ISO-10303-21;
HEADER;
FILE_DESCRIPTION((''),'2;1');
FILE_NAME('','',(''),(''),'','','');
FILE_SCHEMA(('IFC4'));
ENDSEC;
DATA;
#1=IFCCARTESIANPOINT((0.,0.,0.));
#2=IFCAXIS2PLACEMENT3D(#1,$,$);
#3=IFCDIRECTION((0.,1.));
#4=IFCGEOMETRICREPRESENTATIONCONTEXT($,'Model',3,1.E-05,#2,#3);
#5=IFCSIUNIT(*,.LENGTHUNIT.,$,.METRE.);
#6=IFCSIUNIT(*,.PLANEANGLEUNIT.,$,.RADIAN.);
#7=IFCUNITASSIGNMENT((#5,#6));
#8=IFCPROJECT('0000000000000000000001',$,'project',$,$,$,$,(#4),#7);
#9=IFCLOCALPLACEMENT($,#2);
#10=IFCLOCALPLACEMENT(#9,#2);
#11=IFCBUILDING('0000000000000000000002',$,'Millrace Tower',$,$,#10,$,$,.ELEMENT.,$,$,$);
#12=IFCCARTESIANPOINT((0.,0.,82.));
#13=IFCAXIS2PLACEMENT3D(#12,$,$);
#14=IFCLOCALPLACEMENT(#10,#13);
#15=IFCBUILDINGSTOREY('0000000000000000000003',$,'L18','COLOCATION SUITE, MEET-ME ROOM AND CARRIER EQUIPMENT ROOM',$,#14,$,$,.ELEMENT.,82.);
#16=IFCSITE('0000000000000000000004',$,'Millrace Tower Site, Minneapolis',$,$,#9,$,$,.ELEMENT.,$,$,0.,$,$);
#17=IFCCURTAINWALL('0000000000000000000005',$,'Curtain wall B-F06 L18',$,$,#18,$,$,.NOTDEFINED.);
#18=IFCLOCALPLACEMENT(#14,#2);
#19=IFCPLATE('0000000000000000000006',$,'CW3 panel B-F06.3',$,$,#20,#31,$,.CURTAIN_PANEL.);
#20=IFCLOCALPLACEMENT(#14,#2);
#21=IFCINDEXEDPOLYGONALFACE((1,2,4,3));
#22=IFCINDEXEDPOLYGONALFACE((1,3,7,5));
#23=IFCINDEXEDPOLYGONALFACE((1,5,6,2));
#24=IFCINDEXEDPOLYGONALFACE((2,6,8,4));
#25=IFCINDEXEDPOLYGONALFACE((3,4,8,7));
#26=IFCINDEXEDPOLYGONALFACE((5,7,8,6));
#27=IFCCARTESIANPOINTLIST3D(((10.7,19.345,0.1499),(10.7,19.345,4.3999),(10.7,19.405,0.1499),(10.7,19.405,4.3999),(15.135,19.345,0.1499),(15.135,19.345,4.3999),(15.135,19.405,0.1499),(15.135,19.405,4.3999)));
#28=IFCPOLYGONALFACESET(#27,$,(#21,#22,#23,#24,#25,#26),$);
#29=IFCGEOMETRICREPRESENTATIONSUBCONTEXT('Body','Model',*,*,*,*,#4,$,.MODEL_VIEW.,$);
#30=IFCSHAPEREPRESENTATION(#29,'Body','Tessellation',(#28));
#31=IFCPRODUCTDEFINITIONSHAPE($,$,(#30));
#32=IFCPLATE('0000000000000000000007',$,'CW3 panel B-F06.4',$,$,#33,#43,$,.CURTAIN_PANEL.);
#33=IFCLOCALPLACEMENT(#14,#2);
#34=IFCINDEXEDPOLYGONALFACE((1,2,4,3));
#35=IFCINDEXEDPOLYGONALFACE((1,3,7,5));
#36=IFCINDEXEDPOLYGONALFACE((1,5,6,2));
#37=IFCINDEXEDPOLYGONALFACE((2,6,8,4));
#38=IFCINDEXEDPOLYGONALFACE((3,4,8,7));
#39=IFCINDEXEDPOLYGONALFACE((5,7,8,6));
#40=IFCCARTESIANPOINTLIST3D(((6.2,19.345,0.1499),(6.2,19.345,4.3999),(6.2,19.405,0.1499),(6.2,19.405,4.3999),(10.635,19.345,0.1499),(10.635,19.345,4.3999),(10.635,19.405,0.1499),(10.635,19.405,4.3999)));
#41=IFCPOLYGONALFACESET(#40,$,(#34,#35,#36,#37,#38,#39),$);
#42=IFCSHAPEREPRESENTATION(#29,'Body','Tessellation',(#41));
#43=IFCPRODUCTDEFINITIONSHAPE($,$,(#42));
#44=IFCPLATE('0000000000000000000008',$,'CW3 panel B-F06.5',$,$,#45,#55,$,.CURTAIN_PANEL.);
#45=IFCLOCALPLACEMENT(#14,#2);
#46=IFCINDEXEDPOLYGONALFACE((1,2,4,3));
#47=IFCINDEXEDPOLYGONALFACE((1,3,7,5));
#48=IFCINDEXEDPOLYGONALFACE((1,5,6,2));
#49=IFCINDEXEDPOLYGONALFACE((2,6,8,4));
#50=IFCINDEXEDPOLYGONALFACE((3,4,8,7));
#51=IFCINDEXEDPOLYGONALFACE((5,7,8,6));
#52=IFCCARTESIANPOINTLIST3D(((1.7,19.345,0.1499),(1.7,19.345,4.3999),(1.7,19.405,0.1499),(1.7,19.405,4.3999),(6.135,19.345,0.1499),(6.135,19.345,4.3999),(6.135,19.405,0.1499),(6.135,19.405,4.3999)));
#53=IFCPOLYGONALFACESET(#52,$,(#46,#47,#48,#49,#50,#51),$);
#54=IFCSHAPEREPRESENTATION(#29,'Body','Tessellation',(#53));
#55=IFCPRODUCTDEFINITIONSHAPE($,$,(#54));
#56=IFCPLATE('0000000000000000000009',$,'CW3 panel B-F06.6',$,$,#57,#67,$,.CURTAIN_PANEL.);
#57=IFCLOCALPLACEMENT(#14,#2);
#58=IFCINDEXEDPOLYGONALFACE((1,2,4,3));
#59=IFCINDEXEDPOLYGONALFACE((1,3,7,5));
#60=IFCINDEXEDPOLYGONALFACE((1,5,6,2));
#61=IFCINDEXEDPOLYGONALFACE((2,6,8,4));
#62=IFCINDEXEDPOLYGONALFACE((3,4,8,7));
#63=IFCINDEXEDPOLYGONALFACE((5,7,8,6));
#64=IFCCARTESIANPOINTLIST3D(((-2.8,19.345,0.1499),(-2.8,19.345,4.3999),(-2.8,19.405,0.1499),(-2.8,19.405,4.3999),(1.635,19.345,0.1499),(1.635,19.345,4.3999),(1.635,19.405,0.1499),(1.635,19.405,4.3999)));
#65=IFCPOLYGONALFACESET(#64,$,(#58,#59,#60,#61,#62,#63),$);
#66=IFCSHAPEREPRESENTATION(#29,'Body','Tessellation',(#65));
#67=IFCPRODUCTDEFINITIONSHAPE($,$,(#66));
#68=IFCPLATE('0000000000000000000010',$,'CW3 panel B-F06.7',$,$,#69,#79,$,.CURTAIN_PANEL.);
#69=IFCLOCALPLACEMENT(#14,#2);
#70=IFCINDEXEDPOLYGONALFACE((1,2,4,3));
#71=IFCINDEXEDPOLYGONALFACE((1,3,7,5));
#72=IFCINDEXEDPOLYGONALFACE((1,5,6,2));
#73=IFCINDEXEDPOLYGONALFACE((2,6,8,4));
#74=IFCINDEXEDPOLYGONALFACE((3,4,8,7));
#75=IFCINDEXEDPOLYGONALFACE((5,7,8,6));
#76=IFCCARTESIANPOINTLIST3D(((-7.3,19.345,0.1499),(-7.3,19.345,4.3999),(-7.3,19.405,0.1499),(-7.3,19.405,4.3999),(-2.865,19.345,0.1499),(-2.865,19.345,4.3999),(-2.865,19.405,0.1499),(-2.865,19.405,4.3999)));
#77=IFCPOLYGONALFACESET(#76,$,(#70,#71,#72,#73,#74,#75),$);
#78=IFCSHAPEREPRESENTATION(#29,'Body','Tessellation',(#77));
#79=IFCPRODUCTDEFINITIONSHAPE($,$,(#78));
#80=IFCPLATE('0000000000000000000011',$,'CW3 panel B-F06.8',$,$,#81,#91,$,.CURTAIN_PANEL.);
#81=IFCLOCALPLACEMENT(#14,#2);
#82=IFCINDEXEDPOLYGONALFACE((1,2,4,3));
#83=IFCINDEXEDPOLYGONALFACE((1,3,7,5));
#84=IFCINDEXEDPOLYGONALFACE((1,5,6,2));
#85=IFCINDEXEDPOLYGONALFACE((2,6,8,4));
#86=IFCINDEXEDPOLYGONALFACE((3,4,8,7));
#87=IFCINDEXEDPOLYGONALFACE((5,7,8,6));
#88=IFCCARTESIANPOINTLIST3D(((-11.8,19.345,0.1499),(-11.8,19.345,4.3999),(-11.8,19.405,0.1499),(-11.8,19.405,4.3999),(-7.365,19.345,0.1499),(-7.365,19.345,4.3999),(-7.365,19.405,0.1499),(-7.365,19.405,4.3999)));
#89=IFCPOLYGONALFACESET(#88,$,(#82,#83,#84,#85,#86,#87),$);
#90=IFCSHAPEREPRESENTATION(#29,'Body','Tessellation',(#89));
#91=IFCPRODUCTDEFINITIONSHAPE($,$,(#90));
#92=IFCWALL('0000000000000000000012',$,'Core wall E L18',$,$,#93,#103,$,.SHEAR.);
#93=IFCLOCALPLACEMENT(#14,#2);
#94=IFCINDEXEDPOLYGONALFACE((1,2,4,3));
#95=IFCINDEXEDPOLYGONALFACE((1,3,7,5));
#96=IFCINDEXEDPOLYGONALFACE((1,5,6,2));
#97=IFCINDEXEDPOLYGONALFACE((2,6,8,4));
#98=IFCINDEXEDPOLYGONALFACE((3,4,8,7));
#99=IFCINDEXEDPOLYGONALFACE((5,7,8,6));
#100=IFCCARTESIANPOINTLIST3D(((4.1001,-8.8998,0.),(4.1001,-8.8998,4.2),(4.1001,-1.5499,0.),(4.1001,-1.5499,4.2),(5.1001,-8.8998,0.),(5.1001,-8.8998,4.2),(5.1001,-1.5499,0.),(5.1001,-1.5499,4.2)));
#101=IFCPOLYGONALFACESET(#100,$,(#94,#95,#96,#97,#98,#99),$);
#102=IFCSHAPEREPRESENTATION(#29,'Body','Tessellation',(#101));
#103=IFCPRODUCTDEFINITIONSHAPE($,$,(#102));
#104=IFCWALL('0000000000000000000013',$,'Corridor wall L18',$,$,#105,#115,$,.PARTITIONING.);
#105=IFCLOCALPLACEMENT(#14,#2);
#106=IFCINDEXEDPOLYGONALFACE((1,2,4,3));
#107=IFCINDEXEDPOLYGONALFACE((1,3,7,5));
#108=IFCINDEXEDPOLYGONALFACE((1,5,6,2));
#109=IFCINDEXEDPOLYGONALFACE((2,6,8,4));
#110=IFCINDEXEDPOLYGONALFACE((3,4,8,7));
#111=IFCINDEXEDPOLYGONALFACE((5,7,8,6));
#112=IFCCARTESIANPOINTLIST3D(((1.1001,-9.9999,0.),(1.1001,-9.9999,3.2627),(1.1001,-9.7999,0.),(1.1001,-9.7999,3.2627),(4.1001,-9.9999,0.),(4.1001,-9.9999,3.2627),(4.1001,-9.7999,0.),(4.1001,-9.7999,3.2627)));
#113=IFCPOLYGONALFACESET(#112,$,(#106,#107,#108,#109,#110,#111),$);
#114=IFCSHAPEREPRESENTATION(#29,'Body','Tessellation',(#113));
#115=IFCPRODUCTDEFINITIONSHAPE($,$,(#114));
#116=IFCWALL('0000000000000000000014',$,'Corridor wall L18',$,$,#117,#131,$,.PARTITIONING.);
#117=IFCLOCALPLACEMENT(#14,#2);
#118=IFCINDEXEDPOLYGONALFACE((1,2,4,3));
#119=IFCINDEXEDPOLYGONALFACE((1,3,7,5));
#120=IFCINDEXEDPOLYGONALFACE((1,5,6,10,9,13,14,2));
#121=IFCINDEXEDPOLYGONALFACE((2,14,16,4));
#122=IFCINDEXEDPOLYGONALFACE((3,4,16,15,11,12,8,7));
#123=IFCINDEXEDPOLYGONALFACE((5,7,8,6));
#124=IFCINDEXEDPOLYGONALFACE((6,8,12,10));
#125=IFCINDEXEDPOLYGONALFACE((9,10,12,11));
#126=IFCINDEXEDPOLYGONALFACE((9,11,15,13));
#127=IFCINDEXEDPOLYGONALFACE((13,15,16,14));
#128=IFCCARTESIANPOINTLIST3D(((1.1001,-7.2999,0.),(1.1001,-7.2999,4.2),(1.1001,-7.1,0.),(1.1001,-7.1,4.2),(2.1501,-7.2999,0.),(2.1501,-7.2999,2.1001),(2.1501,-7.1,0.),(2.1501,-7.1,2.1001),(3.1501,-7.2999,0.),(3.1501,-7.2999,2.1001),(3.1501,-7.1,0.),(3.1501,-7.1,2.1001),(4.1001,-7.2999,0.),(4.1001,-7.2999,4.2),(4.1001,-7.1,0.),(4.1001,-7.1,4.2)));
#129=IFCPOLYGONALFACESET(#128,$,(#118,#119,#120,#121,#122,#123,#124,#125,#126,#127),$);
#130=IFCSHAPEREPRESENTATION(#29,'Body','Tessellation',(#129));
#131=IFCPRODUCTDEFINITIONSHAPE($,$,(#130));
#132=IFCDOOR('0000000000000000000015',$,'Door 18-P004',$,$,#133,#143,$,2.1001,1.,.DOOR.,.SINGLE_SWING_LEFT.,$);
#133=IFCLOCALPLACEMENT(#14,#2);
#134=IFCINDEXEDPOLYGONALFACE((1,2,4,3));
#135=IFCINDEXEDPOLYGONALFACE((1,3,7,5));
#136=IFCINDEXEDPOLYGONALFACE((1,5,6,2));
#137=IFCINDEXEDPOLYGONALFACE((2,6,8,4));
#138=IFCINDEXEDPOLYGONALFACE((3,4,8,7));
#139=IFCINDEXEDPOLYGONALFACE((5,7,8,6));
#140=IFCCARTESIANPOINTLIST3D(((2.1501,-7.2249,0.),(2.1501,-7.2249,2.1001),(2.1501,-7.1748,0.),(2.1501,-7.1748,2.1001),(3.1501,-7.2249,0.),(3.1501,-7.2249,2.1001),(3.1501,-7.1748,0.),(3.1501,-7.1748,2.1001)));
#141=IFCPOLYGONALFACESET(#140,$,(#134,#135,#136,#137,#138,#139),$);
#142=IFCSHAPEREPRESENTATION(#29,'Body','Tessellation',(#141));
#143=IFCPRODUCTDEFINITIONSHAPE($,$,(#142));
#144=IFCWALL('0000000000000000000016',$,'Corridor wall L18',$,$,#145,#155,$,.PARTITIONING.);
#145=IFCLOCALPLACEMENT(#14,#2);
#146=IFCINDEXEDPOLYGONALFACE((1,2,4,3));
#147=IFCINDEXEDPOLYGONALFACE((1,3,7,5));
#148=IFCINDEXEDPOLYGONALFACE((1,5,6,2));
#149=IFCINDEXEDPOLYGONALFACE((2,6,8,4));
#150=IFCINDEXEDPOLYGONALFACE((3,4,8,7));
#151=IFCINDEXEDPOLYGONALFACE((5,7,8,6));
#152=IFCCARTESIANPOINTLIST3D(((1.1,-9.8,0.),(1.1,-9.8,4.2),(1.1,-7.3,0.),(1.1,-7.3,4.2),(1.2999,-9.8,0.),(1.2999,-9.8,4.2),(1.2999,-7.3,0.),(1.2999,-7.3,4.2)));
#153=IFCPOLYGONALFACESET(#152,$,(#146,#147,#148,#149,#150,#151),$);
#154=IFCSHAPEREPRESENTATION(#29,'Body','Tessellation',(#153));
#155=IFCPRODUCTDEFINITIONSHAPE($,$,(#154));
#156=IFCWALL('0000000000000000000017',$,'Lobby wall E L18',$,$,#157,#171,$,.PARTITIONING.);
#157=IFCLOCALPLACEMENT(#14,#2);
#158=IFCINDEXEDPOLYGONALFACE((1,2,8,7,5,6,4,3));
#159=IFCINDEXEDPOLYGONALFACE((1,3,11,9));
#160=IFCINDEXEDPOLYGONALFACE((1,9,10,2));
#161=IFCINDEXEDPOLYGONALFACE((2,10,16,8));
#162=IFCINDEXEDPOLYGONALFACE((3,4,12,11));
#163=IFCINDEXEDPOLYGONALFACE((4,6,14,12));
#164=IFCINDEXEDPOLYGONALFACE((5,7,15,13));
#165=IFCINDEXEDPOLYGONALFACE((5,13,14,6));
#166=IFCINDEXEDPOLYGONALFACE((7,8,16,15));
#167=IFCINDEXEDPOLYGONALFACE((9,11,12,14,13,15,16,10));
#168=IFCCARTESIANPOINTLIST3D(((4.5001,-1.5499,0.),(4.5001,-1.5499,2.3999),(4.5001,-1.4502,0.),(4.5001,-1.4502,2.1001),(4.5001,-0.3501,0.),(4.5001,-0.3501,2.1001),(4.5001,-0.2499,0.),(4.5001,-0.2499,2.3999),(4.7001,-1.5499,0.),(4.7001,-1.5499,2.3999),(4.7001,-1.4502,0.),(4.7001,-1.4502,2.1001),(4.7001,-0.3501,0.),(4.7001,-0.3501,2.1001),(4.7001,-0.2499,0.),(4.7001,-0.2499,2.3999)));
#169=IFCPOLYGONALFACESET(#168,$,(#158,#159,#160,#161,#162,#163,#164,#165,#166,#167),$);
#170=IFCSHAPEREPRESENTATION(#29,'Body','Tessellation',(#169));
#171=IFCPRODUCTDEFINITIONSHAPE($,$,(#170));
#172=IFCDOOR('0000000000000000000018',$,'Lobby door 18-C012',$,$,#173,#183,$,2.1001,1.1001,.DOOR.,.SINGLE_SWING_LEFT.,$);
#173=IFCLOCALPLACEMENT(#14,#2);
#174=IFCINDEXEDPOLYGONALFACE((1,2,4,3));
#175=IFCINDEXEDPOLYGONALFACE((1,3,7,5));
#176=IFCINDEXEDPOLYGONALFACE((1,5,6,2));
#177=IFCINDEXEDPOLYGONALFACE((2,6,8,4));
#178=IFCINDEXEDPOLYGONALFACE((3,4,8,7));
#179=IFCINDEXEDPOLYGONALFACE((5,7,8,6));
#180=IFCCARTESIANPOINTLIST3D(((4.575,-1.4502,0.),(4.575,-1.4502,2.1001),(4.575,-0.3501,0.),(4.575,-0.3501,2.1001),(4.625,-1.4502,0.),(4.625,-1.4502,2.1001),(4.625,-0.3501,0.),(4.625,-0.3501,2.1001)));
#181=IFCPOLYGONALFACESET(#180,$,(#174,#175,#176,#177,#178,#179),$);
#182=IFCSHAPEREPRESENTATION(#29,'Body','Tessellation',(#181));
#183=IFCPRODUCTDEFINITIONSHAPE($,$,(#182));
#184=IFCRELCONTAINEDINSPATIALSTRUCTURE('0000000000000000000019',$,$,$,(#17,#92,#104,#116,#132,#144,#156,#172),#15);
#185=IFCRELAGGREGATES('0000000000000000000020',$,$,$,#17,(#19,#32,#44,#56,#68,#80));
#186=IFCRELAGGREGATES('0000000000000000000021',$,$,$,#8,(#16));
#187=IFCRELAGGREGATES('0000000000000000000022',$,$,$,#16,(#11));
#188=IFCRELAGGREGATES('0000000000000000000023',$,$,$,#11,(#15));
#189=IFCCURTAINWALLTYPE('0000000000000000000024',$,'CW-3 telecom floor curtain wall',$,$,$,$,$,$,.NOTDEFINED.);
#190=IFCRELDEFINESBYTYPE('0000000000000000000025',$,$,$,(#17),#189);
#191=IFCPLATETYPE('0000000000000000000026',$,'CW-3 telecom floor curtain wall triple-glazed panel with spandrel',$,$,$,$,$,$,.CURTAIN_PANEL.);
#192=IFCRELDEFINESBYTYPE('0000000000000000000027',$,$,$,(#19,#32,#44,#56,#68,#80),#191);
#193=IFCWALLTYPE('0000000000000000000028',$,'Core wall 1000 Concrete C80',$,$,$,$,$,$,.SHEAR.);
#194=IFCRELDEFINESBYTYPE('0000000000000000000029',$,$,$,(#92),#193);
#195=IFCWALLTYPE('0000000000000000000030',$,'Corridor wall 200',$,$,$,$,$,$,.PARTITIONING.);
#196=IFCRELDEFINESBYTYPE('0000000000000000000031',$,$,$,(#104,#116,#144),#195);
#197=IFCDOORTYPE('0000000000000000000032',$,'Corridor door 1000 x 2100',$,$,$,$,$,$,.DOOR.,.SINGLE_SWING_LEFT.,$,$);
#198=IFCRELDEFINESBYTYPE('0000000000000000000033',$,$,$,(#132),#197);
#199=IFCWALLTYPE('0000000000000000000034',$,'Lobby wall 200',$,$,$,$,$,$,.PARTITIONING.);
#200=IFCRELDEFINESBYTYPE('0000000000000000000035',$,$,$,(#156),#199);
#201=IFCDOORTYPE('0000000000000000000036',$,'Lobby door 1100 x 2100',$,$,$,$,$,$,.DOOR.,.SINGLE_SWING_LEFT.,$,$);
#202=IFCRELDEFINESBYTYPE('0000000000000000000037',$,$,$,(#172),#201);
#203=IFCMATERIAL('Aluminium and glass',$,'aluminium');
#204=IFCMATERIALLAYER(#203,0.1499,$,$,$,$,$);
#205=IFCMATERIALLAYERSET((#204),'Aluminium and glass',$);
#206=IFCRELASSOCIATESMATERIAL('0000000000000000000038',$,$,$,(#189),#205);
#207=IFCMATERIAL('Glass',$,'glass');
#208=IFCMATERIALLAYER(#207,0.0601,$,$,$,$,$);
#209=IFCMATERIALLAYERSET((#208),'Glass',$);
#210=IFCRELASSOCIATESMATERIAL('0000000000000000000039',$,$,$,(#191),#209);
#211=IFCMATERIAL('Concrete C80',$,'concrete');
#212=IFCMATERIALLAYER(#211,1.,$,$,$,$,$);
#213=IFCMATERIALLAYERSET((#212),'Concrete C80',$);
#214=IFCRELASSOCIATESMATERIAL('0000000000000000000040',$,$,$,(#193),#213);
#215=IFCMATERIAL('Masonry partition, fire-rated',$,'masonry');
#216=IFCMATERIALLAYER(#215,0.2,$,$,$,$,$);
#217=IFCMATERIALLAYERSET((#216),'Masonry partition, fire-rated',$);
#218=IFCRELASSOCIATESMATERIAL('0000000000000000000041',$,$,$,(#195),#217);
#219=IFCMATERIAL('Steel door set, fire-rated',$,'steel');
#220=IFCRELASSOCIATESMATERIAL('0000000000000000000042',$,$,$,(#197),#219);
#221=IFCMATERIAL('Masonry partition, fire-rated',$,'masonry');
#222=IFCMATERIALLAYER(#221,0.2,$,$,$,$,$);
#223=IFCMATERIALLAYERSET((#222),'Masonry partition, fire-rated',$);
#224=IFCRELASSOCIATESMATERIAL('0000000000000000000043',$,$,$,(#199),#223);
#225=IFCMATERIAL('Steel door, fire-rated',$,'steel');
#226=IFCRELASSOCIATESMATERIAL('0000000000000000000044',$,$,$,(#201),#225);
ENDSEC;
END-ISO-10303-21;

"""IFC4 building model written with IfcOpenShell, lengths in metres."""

from ifc_helpers import new_model, si_unit, direction, frame, frame_2d, origin, place, context, subcontext, project, spatial, polyline, rectangle, outline, extrude, material, layer, layer_set, type_object, element, fill, aggregate, save


model = new_model("IFC4")

# Units and contexts
model_context = context("Model", 3, precision=1e-05, world=origin(), true_north=direction((0.0, 1.0)))
body_context = subcontext(model_context, "Body", "Model", "MODEL_VIEW")
ifc_project = project(units=[si_unit("LENGTHUNIT", "METRE"), si_unit("PLANEANGLEUNIT", "RADIAN")], contexts=[model_context])

# Site, building, storey
site_placement = place(None, origin())
site = spatial("IfcSite", under=ifc_project, at=site_placement, Name="Millrace Tower Site, Minneapolis", CompositionType="ELEMENT", RefElevation=0.0)
building_placement = place(site_placement, origin())
building = spatial("IfcBuilding", under=site, at=building_placement, Name="Millrace Tower", CompositionType="ELEMENT")
storey_placement = place(building_placement, frame((0.0, 0.0, 82.0)))
storey = spatial("IfcBuildingStorey", under=building, at=storey_placement, Name="L18", Description="COLOCATION SUITE, MEET-ME ROOM AND CARRIER EQUIPMENT ROOM", CompositionType="ELEMENT", Elevation=82.0)

# Curtain wall, plates
ifc_material_1 = material(Name="Aluminium and glass", Category="aluminium")
ifc_layer_1 = layer(ifc_material_1, 0.1499)
ifc_layer_set_1 = layer_set([ifc_layer_1], Name="Aluminium and glass")
curtain_wall_type = type_object("IfcCurtainWallType", Name="CW-3 telecom floor curtain wall", PredefinedType="NOTDEFINED", material=ifc_layer_set_1)
placement_1 = place(storey_placement, origin())
curtain_wall = element("IfcCurtainWall", 1, at=placement_1, inside=storey, type_object=curtain_wall_type, Name="Curtain wall B-F06 L18", PredefinedType="NOTDEFINED")
ifc_material_2 = material(Name="Glass", Category="glass")
ifc_layer_2 = layer(ifc_material_2, 0.0601)
ifc_layer_set_2 = layer_set([ifc_layer_2], Name="Glass")
plate_type = type_object("IfcPlateType", Name="CW-3 telecom floor curtain wall triple-glazed panel with spandrel", PredefinedType="CURTAIN_PANEL", material=ifc_layer_set_2)
placement_2 = place(storey_placement, frame((0.0, 0.0, 0.1499)))
plate_1 = element("IfcPlate", 2, at=placement_2, type_object=plate_type, Name="CW3 panel B-F06.3", PredefinedType="CURTAIN_PANEL", context=body_context, shape_type="SweptSolid", body=[
    extrude(outline(polyline([(15.135, 19.405), (10.7, 19.405), (10.7, 19.345), (15.135, 19.345), (15.135, 19.405)])), origin(), (0.0, 0.0, 1.0), 4.25),
])
plate_2 = element("IfcPlate", 3, at=placement_2, type_object=plate_type, Name="CW3 panel B-F06.4", PredefinedType="CURTAIN_PANEL", context=body_context, shape_type="SweptSolid", body=[
    extrude(outline(polyline([(10.635, 19.405), (6.2, 19.405), (6.2, 19.345), (10.635, 19.345), (10.635, 19.405)])), origin(), (0.0, 0.0, 1.0), 4.25),
])
plate_3 = element("IfcPlate", 4, at=placement_2, type_object=plate_type, Name="CW3 panel B-F06.5", PredefinedType="CURTAIN_PANEL", context=body_context, shape_type="SweptSolid", body=[
    extrude(outline(polyline([(6.135, 19.405), (1.7, 19.405), (1.7, 19.345), (6.135, 19.345), (6.135, 19.405)])), origin(), (0.0, 0.0, 1.0), 4.25),
])
plate_4 = element("IfcPlate", 5, at=placement_2, type_object=plate_type, Name="CW3 panel B-F06.6", PredefinedType="CURTAIN_PANEL", context=body_context, shape_type="SweptSolid", body=[
    extrude(outline(polyline([(1.635, 19.405), (-2.8, 19.405), (-2.8, 19.345), (1.635, 19.345), (1.635, 19.405)])), origin(), (0.0, 0.0, 1.0), 4.25),
])
plate_5 = element("IfcPlate", 6, at=placement_2, type_object=plate_type, Name="CW3 panel B-F06.7", PredefinedType="CURTAIN_PANEL", context=body_context, shape_type="SweptSolid", body=[
    extrude(outline(polyline([(-2.865, 19.405), (-7.3, 19.405), (-7.3, 19.345), (-2.865, 19.345), (-2.865, 19.405)])), origin(), (0.0, 0.0, 1.0), 4.25),
])
plate_6 = element("IfcPlate", 7, at=placement_2, type_object=plate_type, Name="CW3 panel B-F06.8", PredefinedType="CURTAIN_PANEL", context=body_context, shape_type="SweptSolid", body=[
    extrude(outline(polyline([(-7.365, 19.405), (-11.8, 19.405), (-11.8, 19.345), (-7.365, 19.345), (-7.365, 19.405)])), origin(), (0.0, 0.0, 1.0), 4.25),
])
aggregate(curtain_wall, [plate_1, plate_2, plate_3, plate_4, plate_5, plate_6])

# Walls
ifc_material_3 = material(Name="Concrete C80", Category="concrete")
ifc_layer_3 = layer(ifc_material_3, 1.0)
ifc_layer_set_3 = layer_set([ifc_layer_3], Name="Concrete C80")
wall_type_1 = type_object("IfcWallType", Name="Core wall 1000 Concrete C80", PredefinedType="SHEAR", material=ifc_layer_set_3)
wall_1_placement = place(storey_placement, frame((4.6001, -1.55, 0.0), z_axis=(0.0, 0.0, 1.0), x_axis=(0.0, -1.0, 0.0)))
element("IfcWall", 8, at=wall_1_placement, inside=storey, type_object=wall_type_1, Name="Core wall E L18", PredefinedType="SHEAR", context=body_context, shape_type="SweptSolid", body=[
    extrude(rectangle(XDim=7.3499, YDim=1.0, at=frame_2d((3.6748, 0.0))), origin(), (0.0, 0.0, 1.0), 4.2),
])
ifc_material_4 = material(Name="Masonry partition, fire-rated", Category="masonry")
ifc_layer_4 = layer(ifc_material_4, 0.2)
ifc_layer_set_4 = layer_set([ifc_layer_4], Name="Masonry partition, fire-rated")
wall_type_2 = type_object("IfcWallType", Name="Corridor wall 200", PredefinedType="PARTITIONING", material=ifc_layer_set_4)
wall_2_placement = place(storey_placement, frame((1.1001, -9.8999, 0.0), z_axis=(0.0, 0.0, 1.0), x_axis=(1.0, 0.0, 0.0)))
element("IfcWall", 9, at=wall_2_placement, inside=storey, type_object=wall_type_2, Name="Corridor wall L18", PredefinedType="PARTITIONING", context=body_context, shape_type="SweptSolid", body=[
    extrude(rectangle(XDim=3.0, YDim=0.2, at=frame_2d((1.5, 0.0))), origin(), (0.0, 0.0, 1.0), 3.2627),
])

# Wall, opening, door
wall_3_placement = place(storey_placement, frame((1.1001, -7.2, 0.0), z_axis=(0.0, 0.0, 1.0), x_axis=(1.0, 0.0, 0.0)))
wall_3 = element("IfcWall", 10, at=wall_3_placement, inside=storey, type_object=wall_type_2, Name="Corridor wall L18", PredefinedType="PARTITIONING", context=body_context, shape_type="SweptSolid", body=[
    extrude(rectangle(XDim=3.0, YDim=0.2, at=frame_2d((1.5, 0.0))), origin(), (0.0, 0.0, 1.0), 4.2),
])
opening_1_placement = place(wall_3_placement, frame((1.05, 0.0, 0.0)))
opening_1 = element("IfcOpeningElement", 11, at=opening_1_placement, cuts=wall_3, PredefinedType="OPENING", context=body_context, shape_type="SweptSolid", body=[
    extrude(rectangle(XDim=1.0, YDim=2.1001, at=frame_2d((0.5, 1.05))), frame((0.0, 0.1099, 0.0), z_axis=(0.0, -1.0, 0.0), x_axis=(1.0, 0.0, 0.0)), (0.0, 0.0, 1.0), 0.22),
])
ifc_material_5 = material(Name="Steel door set, fire-rated", Category="steel")
door_type_1 = type_object("IfcDoorType", Name="Corridor door 1000 x 2100", OperationType="SINGLE_SWING_LEFT", PredefinedType="DOOR", material=ifc_material_5)
door_1_placement = place(opening_1_placement, frame((1.0, 0.0, 0.0), z_axis=(0.0, 0.0, 1.0), x_axis=(-1.0, 0.0, 0.0)))
door_1 = element("IfcDoor", 12, at=door_1_placement, inside=storey, type_object=door_type_1, Name="Door 18-P004", OperationType="SINGLE_SWING_LEFT", OverallHeight=2.1001, OverallWidth=1.0, PredefinedType="DOOR", context=body_context, shape_type="SweptSolid", body=[
    extrude(rectangle(XDim=1.0, YDim=2.1001, at=frame_2d((0.5, 1.05))), frame((0.0, 0.0249, 0.0), z_axis=(0.0, -1.0, 0.0), x_axis=(1.0, 0.0, 0.0)), (0.0, 0.0, 1.0), 0.05),
])
fill(opening_1, door_1)

# Wall
wall_4_placement = place(storey_placement, frame((1.2, -9.8, 0.0), z_axis=(0.0, 0.0, 1.0), x_axis=(0.0, 1.0, 0.0)))
element("IfcWall", 13, at=wall_4_placement, inside=storey, type_object=wall_type_2, Name="Corridor wall L18", PredefinedType="PARTITIONING", context=body_context, shape_type="SweptSolid", body=[
    extrude(rectangle(XDim=2.5, YDim=0.2, at=frame_2d((1.25, 0.0))), origin(), (0.0, 0.0, 1.0), 4.2),
])

# Wall, opening, door
ifc_material_6 = material(Name="Masonry partition, fire-rated", Category="masonry")
ifc_layer_5 = layer(ifc_material_6, 0.2)
ifc_layer_set_5 = layer_set([ifc_layer_5], Name="Masonry partition, fire-rated")
wall_type_3 = type_object("IfcWallType", Name="Lobby wall 200", PredefinedType="PARTITIONING", material=ifc_layer_set_5)
wall_5_placement = place(storey_placement, frame((4.6001, -0.25, 0.0), z_axis=(0.0, 0.0, 1.0), x_axis=(0.0, -1.0, 0.0)))
wall_5 = element("IfcWall", 14, at=wall_5_placement, inside=storey, type_object=wall_type_3, Name="Lobby wall E L18", PredefinedType="PARTITIONING", context=body_context, shape_type="SweptSolid", body=[
    extrude(rectangle(XDim=1.3, YDim=0.2, at=frame_2d((0.6499, 0.0))), origin(), (0.0, 0.0, 1.0), 2.3999),
])
opening_2_placement = place(wall_5_placement, frame((0.1001, 0.0, 0.0)))
opening_2 = element("IfcOpeningElement", 15, at=opening_2_placement, cuts=wall_5, PredefinedType="OPENING", context=body_context, shape_type="SweptSolid", body=[
    extrude(rectangle(XDim=1.1001, YDim=2.1001, at=frame_2d((0.55, 1.05))), frame((0.0, 0.1099, 0.0), z_axis=(0.0, -1.0, 0.0), x_axis=(1.0, 0.0, 0.0)), (0.0, 0.0, 1.0), 0.22),
])
ifc_material_7 = material(Name="Steel door, fire-rated", Category="steel")
door_type_2 = type_object("IfcDoorType", Name="Lobby door 1100 x 2100", OperationType="SINGLE_SWING_LEFT", PredefinedType="DOOR", material=ifc_material_7)
door_2_placement = place(opening_2_placement, origin())
door_2 = element("IfcDoor", 16, at=door_2_placement, inside=storey, type_object=door_type_2, Name="Lobby door 18-C012", OperationType="SINGLE_SWING_LEFT", OverallHeight=2.1001, OverallWidth=1.1001, PredefinedType="DOOR", context=body_context, shape_type="SweptSolid", body=[
    extrude(rectangle(XDim=1.1001, YDim=2.1001, at=frame_2d((0.55, 1.05))), frame((0.0, 0.0249, 0.0), z_axis=(0.0, -1.0, 0.0), x_axis=(1.0, 0.0, 0.0)), (0.0, 0.0, 1.0), 0.05),
])
fill(opening_2, door_2)

save(model, "model.ifc")
